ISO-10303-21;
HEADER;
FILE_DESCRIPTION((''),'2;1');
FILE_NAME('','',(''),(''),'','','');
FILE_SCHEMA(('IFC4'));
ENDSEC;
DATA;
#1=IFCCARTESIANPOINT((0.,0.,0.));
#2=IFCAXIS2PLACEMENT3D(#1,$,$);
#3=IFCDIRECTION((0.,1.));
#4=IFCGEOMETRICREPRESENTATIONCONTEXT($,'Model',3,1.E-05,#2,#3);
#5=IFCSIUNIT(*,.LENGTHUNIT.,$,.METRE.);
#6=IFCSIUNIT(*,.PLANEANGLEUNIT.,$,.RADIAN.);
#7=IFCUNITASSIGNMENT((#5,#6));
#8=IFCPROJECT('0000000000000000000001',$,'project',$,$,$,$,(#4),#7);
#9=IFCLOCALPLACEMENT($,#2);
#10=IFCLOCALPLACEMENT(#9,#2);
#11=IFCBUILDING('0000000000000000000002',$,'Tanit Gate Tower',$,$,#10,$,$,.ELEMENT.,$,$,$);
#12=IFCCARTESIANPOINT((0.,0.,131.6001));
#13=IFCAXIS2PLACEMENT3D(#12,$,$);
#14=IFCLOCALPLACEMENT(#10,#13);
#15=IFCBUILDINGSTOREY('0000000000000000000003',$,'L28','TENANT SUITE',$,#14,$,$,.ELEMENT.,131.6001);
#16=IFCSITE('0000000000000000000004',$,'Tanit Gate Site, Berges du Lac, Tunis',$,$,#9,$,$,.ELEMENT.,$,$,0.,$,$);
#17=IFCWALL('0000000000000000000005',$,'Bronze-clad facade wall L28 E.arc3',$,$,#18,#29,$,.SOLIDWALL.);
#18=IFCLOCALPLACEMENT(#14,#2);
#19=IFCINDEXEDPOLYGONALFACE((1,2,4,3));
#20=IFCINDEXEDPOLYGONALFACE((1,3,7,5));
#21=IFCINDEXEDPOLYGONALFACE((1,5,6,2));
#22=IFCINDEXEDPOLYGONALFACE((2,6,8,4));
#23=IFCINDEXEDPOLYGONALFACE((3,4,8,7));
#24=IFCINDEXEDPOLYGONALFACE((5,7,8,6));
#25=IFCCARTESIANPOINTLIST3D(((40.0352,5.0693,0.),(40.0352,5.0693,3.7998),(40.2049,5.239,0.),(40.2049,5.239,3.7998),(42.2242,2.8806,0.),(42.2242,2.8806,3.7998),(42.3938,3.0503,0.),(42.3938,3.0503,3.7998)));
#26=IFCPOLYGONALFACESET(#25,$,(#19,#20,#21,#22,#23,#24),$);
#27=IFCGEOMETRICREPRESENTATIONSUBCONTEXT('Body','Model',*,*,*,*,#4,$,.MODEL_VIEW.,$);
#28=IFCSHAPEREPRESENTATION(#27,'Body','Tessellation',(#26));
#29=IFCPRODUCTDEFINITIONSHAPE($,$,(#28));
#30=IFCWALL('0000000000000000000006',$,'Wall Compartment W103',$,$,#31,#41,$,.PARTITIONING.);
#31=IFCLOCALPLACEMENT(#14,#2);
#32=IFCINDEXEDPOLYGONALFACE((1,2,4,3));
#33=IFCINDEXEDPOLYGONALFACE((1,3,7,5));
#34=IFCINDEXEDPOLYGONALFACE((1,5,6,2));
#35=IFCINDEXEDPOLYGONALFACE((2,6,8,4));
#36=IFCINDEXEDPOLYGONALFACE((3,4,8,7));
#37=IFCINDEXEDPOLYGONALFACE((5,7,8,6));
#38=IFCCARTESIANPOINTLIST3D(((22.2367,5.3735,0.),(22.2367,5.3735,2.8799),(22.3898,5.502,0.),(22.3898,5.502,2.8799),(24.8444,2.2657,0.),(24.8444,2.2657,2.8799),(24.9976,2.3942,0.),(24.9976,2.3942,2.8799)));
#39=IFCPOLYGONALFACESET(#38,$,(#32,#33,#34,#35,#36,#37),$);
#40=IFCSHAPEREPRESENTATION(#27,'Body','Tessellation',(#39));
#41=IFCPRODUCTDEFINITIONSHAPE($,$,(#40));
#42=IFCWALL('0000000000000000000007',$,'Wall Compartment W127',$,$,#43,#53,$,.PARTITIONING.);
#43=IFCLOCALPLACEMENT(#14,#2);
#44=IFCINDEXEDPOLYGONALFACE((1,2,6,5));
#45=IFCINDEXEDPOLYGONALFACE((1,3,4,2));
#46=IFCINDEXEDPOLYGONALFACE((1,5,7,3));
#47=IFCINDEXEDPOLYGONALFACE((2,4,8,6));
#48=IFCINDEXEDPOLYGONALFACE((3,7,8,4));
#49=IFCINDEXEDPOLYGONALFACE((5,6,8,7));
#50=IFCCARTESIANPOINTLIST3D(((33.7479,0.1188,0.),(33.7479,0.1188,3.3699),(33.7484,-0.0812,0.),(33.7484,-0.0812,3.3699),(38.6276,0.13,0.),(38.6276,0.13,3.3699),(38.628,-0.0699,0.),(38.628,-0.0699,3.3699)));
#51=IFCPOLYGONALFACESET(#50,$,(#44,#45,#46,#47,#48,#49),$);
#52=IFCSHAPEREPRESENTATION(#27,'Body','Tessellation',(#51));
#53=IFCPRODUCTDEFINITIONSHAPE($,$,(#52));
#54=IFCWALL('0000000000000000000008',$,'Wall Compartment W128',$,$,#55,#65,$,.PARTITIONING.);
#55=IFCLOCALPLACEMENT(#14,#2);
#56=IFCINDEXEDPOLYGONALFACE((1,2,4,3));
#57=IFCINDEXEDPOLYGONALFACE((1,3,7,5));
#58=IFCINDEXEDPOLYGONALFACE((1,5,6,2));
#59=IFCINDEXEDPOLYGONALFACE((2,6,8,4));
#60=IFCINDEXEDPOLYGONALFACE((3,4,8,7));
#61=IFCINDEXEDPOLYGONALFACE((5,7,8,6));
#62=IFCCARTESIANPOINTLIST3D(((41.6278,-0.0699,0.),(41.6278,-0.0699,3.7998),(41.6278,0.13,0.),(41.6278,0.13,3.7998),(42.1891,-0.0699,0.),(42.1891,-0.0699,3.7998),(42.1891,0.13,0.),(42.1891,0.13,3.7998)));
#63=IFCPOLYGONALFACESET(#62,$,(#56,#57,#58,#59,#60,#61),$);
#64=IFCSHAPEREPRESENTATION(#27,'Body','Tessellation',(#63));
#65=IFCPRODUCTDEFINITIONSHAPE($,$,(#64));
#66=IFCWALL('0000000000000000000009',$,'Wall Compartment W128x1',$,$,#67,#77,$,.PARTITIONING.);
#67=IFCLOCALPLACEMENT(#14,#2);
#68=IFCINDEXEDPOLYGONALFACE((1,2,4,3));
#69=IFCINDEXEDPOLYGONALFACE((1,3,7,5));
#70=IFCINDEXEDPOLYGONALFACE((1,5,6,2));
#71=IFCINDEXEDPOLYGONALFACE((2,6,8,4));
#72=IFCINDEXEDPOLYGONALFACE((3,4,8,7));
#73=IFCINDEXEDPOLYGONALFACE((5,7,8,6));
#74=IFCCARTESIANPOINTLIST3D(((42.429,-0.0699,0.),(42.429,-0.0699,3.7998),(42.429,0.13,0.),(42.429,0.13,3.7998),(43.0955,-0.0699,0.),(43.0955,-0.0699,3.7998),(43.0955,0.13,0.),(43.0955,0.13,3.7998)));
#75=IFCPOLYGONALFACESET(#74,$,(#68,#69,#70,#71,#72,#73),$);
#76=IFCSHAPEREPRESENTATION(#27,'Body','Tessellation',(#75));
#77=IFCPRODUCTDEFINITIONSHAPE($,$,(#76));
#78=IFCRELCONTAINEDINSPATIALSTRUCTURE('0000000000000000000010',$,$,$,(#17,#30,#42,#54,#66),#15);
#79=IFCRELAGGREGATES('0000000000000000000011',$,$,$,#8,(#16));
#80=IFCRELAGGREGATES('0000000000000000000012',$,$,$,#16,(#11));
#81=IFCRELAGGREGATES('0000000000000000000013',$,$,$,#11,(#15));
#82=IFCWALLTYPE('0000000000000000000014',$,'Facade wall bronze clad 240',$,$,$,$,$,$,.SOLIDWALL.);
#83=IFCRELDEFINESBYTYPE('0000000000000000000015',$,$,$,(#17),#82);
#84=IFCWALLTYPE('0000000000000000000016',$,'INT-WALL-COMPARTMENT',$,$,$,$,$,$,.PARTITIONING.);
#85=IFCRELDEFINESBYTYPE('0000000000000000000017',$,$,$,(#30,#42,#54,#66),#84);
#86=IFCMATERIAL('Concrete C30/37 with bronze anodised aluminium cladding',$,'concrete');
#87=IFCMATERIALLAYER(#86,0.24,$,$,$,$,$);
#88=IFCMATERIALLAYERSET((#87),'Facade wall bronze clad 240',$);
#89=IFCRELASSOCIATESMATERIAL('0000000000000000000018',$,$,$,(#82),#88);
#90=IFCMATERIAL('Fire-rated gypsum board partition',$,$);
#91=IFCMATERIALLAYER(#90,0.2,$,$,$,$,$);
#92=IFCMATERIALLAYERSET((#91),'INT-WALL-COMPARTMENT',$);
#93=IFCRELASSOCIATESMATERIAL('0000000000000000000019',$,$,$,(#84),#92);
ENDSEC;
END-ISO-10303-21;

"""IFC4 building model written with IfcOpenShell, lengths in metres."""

from ifc_helpers import new_model, si_unit, direction, frame, frame_2d, origin, place, context, subcontext, project, spatial, rectangle, extrude, material, layer, layer_set, type_object, element, save


model = new_model("IFC4")

# Units and contexts
model_context = context("Model", 3, precision=1e-05, world=origin(), true_north=direction((0.0, 1.0)))
body_context = subcontext(model_context, "Body", "Model", "MODEL_VIEW")
ifc_project = project(units=[si_unit("LENGTHUNIT", "METRE"), si_unit("PLANEANGLEUNIT", "RADIAN")], contexts=[model_context])

# Site, building, storey
site_placement = place(None, origin())
site = spatial("IfcSite", under=ifc_project, at=site_placement, Name="Tanit Gate Site, Berges du Lac, Tunis", CompositionType="ELEMENT", RefElevation=0.0)
building_placement = place(site_placement, origin())
building = spatial("IfcBuilding", under=site, at=building_placement, Name="Tanit Gate Tower", CompositionType="ELEMENT")
storey_placement = place(building_placement, frame((0.0, 0.0, 131.6001)))
storey = spatial("IfcBuildingStorey", under=building, at=storey_placement, Name="L28", Description="TENANT SUITE", CompositionType="ELEMENT", Elevation=131.6001)

# Walls
ifc_material_1 = material(Name="Concrete C30/37 with bronze anodised aluminium cladding", Category="concrete")
ifc_layer_1 = layer(ifc_material_1, 0.24)
ifc_layer_set_1 = layer_set([ifc_layer_1], Name="Facade wall bronze clad 240")
wall_type_1 = type_object("IfcWallType", Name="Facade wall bronze clad 240", PredefinedType="SOLIDWALL", material=ifc_layer_set_1)
wall_1_placement = place(storey_placement, frame((42.3091, 2.9653, 0.0), z_axis=(0.0, 0.0, 1.0), x_axis=(-0.707146, 0.707067, 0.0)))
element("IfcWall", 1, at=wall_1_placement, inside=storey, type_object=wall_type_1, Name="Bronze-clad facade wall L28 E.arc3", PredefinedType="SOLIDWALL", context=body_context, shape_type="SweptSolid", body=[
    extrude(rectangle(XDim=3.0955, YDim=0.24, at=frame_2d((1.5479, 0.0))), origin(), (0.0, 0.0, 1.0), 3.7998),
])
ifc_material_2 = material(Name="Fire-rated gypsum board partition")
ifc_layer_2 = layer(ifc_material_2, 0.2)
ifc_layer_set_2 = layer_set([ifc_layer_2], Name="INT-WALL-COMPARTMENT")
wall_type_2 = type_object("IfcWallType", Name="INT-WALL-COMPARTMENT", PredefinedType="PARTITIONING", material=ifc_layer_set_2)
wall_2_placement = place(storey_placement, frame((24.9209, 2.3301, 0.0), z_axis=(0.0, 0.0, 1.0), x_axis=(-0.642791, 0.766041, 0.0)))
element("IfcWall", 2, at=wall_2_placement, inside=storey, type_object=wall_type_2, Name="Wall Compartment W103", PredefinedType="PARTITIONING", context=body_context, shape_type="SweptSolid", body=[
    extrude(rectangle(XDim=4.0569, YDim=0.2, at=frame_2d((2.0283, 0.0))), origin(), (0.0, 0.0, 1.0), 2.8799),
])
wall_3_placement = place(storey_placement, frame((33.748, 0.0188, 0.0), z_axis=(0.0, 0.0, 1.0), x_axis=(0.999997, 0.002301, 0.0)))
element("IfcWall", 3, at=wall_3_placement, inside=storey, type_object=wall_type_2, Name="Wall Compartment W127", PredefinedType="PARTITIONING", context=body_context, shape_type="SweptSolid", body=[
    extrude(rectangle(XDim=4.8796, YDim=0.2, at=frame_2d((2.4399, 0.0))), origin(), (0.0, 0.0, 1.0), 3.3699),
])
wall_4_placement = place(storey_placement, frame((41.6277, 0.03, 0.0), z_axis=(0.0, 0.0, 1.0), x_axis=(1.0, 0.0, 0.0)))
element("IfcWall", 4, at=wall_4_placement, inside=storey, type_object=wall_type_2, Name="Wall Compartment W128", PredefinedType="PARTITIONING", context=body_context, shape_type="SweptSolid", body=[
    extrude(rectangle(XDim=0.5613, YDim=0.2, at=frame_2d((0.2808, 0.0))), origin(), (0.0, 0.0, 1.0), 3.7998),
])
wall_5_placement = place(storey_placement, frame((42.429, 0.03, 0.0), z_axis=(0.0, 0.0, 1.0), x_axis=(1.0, 0.0, 0.0)))
element("IfcWall", 5, at=wall_5_placement, inside=storey, type_object=wall_type_2, Name="Wall Compartment W128x1", PredefinedType="PARTITIONING", context=body_context, shape_type="SweptSolid", body=[
    extrude(rectangle(XDim=0.6665, YDim=0.2, at=frame_2d((0.3333, 0.0))), origin(), (0.0, 0.0, 1.0), 3.7998),
])

save(model, "model.ifc")
